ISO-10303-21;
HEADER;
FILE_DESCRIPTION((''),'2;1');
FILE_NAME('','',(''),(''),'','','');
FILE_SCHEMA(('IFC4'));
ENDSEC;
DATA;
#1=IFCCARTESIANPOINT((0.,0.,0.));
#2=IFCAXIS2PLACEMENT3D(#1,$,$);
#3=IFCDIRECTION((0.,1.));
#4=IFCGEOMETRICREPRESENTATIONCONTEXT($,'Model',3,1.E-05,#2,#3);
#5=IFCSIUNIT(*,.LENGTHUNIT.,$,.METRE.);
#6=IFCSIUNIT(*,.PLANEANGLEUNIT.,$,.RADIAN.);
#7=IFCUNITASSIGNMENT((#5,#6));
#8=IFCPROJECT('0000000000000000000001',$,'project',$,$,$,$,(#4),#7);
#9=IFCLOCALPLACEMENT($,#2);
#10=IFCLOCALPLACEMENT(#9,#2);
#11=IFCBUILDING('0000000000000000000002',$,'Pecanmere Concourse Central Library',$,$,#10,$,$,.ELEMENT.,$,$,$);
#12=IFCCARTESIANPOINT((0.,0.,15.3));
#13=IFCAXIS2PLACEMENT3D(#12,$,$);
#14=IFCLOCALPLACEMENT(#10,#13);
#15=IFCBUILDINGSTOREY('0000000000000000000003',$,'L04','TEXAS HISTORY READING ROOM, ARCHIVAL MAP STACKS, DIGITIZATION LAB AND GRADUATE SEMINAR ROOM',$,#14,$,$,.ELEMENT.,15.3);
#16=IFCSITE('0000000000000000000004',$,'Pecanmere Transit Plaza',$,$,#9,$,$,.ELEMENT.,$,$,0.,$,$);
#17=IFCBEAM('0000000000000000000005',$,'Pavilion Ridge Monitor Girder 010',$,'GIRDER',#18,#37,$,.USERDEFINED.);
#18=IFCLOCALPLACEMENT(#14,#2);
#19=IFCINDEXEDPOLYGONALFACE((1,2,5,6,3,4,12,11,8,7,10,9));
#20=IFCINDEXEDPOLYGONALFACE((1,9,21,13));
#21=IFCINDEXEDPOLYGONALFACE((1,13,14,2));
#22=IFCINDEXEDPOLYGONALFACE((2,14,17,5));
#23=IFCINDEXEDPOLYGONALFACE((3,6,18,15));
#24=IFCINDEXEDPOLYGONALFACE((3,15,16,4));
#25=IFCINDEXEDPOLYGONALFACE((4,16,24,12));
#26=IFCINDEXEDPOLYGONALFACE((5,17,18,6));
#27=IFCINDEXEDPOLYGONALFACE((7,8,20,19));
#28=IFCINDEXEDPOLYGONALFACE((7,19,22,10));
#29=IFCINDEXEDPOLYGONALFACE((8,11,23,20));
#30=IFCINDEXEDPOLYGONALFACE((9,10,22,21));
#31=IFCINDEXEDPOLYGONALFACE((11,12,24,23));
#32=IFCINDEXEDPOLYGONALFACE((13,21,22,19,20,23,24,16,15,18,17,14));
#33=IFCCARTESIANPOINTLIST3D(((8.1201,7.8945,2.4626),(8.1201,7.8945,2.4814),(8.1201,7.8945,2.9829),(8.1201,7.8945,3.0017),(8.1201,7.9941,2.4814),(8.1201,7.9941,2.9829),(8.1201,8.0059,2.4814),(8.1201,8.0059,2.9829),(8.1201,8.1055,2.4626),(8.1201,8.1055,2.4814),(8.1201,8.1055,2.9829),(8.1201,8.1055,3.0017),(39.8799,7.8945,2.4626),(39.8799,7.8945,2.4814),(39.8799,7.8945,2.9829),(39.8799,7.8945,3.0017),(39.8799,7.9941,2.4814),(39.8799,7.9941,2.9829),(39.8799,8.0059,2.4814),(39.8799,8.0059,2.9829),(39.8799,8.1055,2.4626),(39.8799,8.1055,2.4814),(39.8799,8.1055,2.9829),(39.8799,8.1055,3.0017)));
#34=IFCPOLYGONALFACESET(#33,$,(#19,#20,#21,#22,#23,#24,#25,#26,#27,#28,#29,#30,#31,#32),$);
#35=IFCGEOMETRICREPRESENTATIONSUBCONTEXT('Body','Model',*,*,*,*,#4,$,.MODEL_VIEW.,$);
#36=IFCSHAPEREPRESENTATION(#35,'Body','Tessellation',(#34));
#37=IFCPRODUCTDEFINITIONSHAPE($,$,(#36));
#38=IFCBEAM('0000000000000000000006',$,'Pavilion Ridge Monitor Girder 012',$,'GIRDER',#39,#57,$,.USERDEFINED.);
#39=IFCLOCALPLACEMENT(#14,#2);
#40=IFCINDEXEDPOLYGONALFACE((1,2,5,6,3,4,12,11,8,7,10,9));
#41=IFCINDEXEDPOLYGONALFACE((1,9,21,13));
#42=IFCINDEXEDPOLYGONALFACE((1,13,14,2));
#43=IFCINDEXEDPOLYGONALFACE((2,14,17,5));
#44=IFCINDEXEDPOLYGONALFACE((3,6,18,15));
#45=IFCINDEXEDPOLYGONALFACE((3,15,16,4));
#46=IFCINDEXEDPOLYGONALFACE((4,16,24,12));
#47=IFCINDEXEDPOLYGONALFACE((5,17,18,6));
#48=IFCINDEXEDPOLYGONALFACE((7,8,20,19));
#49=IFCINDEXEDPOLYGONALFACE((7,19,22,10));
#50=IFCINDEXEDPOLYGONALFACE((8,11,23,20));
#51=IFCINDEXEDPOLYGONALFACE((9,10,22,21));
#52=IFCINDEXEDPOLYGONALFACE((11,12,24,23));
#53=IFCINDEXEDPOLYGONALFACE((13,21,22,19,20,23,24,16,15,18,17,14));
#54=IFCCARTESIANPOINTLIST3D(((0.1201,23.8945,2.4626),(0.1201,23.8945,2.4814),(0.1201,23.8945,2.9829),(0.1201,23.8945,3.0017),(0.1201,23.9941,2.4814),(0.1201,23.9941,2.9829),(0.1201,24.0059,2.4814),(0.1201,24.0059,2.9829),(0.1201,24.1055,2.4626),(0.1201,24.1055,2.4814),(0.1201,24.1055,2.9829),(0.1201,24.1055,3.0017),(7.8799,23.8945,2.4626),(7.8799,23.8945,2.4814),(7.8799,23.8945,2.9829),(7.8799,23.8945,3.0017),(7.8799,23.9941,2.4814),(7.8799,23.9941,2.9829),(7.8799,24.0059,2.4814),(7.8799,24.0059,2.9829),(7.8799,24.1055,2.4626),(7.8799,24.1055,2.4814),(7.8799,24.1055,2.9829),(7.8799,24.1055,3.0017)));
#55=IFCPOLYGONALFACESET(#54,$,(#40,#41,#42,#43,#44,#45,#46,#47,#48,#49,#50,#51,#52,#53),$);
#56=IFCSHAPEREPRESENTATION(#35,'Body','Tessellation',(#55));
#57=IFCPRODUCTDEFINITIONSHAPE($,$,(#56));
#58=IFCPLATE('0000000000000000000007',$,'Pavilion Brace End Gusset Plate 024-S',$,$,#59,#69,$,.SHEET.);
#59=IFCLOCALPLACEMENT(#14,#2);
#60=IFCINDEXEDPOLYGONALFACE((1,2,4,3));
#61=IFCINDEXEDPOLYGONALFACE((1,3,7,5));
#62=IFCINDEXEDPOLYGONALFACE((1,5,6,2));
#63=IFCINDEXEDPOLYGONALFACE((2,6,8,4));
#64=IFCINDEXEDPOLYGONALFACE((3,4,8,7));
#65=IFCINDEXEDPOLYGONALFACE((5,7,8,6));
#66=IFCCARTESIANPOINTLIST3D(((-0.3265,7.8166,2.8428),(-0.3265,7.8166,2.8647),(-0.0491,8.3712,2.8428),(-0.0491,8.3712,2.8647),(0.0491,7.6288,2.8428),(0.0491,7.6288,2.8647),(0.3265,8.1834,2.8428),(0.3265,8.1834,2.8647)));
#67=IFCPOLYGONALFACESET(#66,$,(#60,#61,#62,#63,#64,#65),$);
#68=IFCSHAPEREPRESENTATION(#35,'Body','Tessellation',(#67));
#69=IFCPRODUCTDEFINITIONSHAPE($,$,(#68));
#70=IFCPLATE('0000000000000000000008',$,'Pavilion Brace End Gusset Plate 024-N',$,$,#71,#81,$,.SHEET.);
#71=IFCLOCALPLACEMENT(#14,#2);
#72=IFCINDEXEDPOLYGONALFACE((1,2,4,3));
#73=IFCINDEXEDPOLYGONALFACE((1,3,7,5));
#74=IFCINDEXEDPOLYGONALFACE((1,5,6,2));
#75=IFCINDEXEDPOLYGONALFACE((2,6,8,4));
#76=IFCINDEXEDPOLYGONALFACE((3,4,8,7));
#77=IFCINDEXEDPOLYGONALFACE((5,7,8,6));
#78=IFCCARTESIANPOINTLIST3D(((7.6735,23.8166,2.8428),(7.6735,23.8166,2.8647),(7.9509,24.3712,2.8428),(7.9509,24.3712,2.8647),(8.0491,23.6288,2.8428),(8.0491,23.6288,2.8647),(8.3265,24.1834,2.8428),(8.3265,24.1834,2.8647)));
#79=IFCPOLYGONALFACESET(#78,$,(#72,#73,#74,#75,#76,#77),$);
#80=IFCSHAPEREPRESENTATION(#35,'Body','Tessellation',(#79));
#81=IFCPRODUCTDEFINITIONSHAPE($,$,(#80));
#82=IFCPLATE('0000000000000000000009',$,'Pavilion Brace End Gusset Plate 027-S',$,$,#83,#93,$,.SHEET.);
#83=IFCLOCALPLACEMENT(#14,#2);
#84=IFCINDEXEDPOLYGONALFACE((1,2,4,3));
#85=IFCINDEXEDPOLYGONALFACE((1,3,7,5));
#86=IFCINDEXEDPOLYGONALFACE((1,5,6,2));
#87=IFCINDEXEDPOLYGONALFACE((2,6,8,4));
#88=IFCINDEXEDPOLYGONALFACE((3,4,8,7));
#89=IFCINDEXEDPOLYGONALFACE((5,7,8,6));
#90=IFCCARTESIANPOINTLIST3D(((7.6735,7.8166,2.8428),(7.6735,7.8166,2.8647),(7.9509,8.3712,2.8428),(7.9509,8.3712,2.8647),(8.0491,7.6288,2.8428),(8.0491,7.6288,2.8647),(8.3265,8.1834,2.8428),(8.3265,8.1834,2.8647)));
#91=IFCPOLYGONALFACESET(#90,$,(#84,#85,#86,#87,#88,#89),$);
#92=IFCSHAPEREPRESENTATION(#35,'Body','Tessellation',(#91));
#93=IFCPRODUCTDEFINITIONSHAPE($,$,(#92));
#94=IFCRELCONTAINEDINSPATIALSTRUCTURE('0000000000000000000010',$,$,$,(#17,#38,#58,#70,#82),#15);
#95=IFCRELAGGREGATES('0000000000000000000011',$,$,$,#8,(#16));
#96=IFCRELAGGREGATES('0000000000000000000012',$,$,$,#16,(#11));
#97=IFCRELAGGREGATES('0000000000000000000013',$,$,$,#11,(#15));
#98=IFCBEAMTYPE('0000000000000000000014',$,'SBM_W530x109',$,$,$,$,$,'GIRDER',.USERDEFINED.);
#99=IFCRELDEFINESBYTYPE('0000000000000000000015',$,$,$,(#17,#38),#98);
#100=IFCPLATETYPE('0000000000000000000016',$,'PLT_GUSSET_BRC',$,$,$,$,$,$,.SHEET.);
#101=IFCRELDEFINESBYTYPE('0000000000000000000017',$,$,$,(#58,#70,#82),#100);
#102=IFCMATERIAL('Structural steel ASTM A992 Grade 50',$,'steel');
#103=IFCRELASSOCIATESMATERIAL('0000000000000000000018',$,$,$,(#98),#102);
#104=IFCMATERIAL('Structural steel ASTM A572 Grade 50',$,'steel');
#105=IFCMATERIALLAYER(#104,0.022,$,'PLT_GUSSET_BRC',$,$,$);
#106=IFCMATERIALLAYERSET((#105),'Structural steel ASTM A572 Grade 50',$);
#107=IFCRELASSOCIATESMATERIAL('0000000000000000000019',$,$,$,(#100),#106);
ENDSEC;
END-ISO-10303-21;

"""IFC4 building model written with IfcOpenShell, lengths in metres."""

from ifc_helpers import new_model, si_unit, direction, frame, origin, origin_2d, place, context, subcontext, project, spatial, rectangle, i_section, extrude, material, layer, layer_set, material_profile, profile_set, type_object, element, save


model = new_model("IFC4")

# Units and contexts
model_context = context("Model", 3, precision=1e-05, world=origin(), true_north=direction((0.0, 1.0)))
body_context = subcontext(model_context, "Body", "Model", "MODEL_VIEW")
ifc_project = project(units=[si_unit("LENGTHUNIT", "METRE"), si_unit("PLANEANGLEUNIT", "RADIAN")], contexts=[model_context])

# Site, building, storey
site_placement = place(None, origin())
site = spatial("IfcSite", under=ifc_project, at=site_placement, Name="Pecanmere Transit Plaza", CompositionType="ELEMENT", RefElevation=0.0)
building_placement = place(site_placement, origin())
building = spatial("IfcBuilding", under=site, at=building_placement, Name="Pecanmere Concourse Central Library", CompositionType="ELEMENT")
storey_placement = place(building_placement, frame((0.0, 0.0, 15.3)))
storey = spatial("IfcBuildingStorey", under=building, at=storey_placement, Name="L04", Description="TEXAS HISTORY READING ROOM, ARCHIVAL MAP STACKS, DIGITIZATION LAB AND GRADUATE SEMINAR ROOM", CompositionType="ELEMENT", Elevation=15.3)

# Beams
ifc_material_1 = material(Name="Structural steel ASTM A992 Grade 50", Category="steel")
ifc_material_profile_1 = material_profile(ifc_material_1, i_section(OverallWidth=0.2109, OverallDepth=0.5391, WebThickness=0.0117, FlangeThickness=0.0188, at=origin_2d()), Name="W530x109")
ifc_profile_set_1 = profile_set([ifc_material_profile_1], Name="Structural steel ASTM A992 Grade 50")
beam_type_1 = type_object("IfcBeamType", Name="SBM_W530x109", ElementType="GIRDER", PredefinedType="USERDEFINED", material=ifc_profile_set_1)
beam_1_placement = place(storey_placement, frame((8.1201, 8.0, 2.7322), z_axis=(1.0, 0.0, 0.0), x_axis=(0.0, 1.0, 0.0)))
element("IfcBeam", 1, at=beam_1_placement, inside=storey, type_object=beam_type_1, Name="Pavilion Ridge Monitor Girder 010", ObjectType="GIRDER", PredefinedType="USERDEFINED", context=body_context, shape_type="SweptSolid", body=[
    extrude(i_section(OverallWidth=0.2109, OverallDepth=0.5391, WebThickness=0.0117, FlangeThickness=0.0188, at=origin_2d()), origin(), (0.0, 0.0, 1.0), 31.7598),
])
beam_2_placement = place(storey_placement, frame((0.1201, 24.0, 2.7322), z_axis=(1.0, 0.0, 0.0), x_axis=(0.0, 1.0, 0.0)))
element("IfcBeam", 2, at=beam_2_placement, inside=storey, type_object=beam_type_1, Name="Pavilion Ridge Monitor Girder 012", ObjectType="GIRDER", PredefinedType="USERDEFINED", context=body_context, shape_type="SweptSolid", body=[
    extrude(i_section(OverallWidth=0.2109, OverallDepth=0.5391, WebThickness=0.0117, FlangeThickness=0.0188, at=origin_2d()), origin(), (0.0, 0.0, 1.0), 7.7598),
])

# Plates
ifc_material_2 = material(Name="Structural steel ASTM A572 Grade 50", Category="steel")
ifc_layer = layer(ifc_material_2, 0.022, Name="PLT_GUSSET_BRC")
ifc_layer_set = layer_set([ifc_layer], Name="Structural steel ASTM A572 Grade 50")
plate_type = type_object("IfcPlateType", Name="PLT_GUSSET_BRC", PredefinedType="SHEET", material=ifc_layer_set)
for number, where, z_axis, x_axis, name in (
    (3, (0.0, 8.0, 2.8428), (0.0, 0.0, 1.0), (0.447291, 0.894389, 0.0), "Pavilion Brace End Gusset Plate 024-S"),
    (4, (8.0, 24.0, 2.8428), (0.0, 0.0, 1.0), (0.447291, 0.894389, 0.0), "Pavilion Brace End Gusset Plate 024-N"),
    (5, (8.0, 8.0, 2.8428), (0.0, 0.0, 1.0), (0.447291, 0.894389, 0.0), "Pavilion Brace End Gusset Plate 027-S"),
):
    element("IfcPlate", number, at=place(storey_placement, frame(where, z_axis=z_axis, x_axis=x_axis)), inside=storey, type_object=plate_type, Name=name, PredefinedType="SHEET", context=body_context, shape_type="SweptSolid", body=[
        extrude(rectangle(XDim=0.6201, YDim=0.4199, at=origin_2d()), origin(), (0.0, 0.0, 1.0), 0.022),
    ])

save(model, "model.ifc")
